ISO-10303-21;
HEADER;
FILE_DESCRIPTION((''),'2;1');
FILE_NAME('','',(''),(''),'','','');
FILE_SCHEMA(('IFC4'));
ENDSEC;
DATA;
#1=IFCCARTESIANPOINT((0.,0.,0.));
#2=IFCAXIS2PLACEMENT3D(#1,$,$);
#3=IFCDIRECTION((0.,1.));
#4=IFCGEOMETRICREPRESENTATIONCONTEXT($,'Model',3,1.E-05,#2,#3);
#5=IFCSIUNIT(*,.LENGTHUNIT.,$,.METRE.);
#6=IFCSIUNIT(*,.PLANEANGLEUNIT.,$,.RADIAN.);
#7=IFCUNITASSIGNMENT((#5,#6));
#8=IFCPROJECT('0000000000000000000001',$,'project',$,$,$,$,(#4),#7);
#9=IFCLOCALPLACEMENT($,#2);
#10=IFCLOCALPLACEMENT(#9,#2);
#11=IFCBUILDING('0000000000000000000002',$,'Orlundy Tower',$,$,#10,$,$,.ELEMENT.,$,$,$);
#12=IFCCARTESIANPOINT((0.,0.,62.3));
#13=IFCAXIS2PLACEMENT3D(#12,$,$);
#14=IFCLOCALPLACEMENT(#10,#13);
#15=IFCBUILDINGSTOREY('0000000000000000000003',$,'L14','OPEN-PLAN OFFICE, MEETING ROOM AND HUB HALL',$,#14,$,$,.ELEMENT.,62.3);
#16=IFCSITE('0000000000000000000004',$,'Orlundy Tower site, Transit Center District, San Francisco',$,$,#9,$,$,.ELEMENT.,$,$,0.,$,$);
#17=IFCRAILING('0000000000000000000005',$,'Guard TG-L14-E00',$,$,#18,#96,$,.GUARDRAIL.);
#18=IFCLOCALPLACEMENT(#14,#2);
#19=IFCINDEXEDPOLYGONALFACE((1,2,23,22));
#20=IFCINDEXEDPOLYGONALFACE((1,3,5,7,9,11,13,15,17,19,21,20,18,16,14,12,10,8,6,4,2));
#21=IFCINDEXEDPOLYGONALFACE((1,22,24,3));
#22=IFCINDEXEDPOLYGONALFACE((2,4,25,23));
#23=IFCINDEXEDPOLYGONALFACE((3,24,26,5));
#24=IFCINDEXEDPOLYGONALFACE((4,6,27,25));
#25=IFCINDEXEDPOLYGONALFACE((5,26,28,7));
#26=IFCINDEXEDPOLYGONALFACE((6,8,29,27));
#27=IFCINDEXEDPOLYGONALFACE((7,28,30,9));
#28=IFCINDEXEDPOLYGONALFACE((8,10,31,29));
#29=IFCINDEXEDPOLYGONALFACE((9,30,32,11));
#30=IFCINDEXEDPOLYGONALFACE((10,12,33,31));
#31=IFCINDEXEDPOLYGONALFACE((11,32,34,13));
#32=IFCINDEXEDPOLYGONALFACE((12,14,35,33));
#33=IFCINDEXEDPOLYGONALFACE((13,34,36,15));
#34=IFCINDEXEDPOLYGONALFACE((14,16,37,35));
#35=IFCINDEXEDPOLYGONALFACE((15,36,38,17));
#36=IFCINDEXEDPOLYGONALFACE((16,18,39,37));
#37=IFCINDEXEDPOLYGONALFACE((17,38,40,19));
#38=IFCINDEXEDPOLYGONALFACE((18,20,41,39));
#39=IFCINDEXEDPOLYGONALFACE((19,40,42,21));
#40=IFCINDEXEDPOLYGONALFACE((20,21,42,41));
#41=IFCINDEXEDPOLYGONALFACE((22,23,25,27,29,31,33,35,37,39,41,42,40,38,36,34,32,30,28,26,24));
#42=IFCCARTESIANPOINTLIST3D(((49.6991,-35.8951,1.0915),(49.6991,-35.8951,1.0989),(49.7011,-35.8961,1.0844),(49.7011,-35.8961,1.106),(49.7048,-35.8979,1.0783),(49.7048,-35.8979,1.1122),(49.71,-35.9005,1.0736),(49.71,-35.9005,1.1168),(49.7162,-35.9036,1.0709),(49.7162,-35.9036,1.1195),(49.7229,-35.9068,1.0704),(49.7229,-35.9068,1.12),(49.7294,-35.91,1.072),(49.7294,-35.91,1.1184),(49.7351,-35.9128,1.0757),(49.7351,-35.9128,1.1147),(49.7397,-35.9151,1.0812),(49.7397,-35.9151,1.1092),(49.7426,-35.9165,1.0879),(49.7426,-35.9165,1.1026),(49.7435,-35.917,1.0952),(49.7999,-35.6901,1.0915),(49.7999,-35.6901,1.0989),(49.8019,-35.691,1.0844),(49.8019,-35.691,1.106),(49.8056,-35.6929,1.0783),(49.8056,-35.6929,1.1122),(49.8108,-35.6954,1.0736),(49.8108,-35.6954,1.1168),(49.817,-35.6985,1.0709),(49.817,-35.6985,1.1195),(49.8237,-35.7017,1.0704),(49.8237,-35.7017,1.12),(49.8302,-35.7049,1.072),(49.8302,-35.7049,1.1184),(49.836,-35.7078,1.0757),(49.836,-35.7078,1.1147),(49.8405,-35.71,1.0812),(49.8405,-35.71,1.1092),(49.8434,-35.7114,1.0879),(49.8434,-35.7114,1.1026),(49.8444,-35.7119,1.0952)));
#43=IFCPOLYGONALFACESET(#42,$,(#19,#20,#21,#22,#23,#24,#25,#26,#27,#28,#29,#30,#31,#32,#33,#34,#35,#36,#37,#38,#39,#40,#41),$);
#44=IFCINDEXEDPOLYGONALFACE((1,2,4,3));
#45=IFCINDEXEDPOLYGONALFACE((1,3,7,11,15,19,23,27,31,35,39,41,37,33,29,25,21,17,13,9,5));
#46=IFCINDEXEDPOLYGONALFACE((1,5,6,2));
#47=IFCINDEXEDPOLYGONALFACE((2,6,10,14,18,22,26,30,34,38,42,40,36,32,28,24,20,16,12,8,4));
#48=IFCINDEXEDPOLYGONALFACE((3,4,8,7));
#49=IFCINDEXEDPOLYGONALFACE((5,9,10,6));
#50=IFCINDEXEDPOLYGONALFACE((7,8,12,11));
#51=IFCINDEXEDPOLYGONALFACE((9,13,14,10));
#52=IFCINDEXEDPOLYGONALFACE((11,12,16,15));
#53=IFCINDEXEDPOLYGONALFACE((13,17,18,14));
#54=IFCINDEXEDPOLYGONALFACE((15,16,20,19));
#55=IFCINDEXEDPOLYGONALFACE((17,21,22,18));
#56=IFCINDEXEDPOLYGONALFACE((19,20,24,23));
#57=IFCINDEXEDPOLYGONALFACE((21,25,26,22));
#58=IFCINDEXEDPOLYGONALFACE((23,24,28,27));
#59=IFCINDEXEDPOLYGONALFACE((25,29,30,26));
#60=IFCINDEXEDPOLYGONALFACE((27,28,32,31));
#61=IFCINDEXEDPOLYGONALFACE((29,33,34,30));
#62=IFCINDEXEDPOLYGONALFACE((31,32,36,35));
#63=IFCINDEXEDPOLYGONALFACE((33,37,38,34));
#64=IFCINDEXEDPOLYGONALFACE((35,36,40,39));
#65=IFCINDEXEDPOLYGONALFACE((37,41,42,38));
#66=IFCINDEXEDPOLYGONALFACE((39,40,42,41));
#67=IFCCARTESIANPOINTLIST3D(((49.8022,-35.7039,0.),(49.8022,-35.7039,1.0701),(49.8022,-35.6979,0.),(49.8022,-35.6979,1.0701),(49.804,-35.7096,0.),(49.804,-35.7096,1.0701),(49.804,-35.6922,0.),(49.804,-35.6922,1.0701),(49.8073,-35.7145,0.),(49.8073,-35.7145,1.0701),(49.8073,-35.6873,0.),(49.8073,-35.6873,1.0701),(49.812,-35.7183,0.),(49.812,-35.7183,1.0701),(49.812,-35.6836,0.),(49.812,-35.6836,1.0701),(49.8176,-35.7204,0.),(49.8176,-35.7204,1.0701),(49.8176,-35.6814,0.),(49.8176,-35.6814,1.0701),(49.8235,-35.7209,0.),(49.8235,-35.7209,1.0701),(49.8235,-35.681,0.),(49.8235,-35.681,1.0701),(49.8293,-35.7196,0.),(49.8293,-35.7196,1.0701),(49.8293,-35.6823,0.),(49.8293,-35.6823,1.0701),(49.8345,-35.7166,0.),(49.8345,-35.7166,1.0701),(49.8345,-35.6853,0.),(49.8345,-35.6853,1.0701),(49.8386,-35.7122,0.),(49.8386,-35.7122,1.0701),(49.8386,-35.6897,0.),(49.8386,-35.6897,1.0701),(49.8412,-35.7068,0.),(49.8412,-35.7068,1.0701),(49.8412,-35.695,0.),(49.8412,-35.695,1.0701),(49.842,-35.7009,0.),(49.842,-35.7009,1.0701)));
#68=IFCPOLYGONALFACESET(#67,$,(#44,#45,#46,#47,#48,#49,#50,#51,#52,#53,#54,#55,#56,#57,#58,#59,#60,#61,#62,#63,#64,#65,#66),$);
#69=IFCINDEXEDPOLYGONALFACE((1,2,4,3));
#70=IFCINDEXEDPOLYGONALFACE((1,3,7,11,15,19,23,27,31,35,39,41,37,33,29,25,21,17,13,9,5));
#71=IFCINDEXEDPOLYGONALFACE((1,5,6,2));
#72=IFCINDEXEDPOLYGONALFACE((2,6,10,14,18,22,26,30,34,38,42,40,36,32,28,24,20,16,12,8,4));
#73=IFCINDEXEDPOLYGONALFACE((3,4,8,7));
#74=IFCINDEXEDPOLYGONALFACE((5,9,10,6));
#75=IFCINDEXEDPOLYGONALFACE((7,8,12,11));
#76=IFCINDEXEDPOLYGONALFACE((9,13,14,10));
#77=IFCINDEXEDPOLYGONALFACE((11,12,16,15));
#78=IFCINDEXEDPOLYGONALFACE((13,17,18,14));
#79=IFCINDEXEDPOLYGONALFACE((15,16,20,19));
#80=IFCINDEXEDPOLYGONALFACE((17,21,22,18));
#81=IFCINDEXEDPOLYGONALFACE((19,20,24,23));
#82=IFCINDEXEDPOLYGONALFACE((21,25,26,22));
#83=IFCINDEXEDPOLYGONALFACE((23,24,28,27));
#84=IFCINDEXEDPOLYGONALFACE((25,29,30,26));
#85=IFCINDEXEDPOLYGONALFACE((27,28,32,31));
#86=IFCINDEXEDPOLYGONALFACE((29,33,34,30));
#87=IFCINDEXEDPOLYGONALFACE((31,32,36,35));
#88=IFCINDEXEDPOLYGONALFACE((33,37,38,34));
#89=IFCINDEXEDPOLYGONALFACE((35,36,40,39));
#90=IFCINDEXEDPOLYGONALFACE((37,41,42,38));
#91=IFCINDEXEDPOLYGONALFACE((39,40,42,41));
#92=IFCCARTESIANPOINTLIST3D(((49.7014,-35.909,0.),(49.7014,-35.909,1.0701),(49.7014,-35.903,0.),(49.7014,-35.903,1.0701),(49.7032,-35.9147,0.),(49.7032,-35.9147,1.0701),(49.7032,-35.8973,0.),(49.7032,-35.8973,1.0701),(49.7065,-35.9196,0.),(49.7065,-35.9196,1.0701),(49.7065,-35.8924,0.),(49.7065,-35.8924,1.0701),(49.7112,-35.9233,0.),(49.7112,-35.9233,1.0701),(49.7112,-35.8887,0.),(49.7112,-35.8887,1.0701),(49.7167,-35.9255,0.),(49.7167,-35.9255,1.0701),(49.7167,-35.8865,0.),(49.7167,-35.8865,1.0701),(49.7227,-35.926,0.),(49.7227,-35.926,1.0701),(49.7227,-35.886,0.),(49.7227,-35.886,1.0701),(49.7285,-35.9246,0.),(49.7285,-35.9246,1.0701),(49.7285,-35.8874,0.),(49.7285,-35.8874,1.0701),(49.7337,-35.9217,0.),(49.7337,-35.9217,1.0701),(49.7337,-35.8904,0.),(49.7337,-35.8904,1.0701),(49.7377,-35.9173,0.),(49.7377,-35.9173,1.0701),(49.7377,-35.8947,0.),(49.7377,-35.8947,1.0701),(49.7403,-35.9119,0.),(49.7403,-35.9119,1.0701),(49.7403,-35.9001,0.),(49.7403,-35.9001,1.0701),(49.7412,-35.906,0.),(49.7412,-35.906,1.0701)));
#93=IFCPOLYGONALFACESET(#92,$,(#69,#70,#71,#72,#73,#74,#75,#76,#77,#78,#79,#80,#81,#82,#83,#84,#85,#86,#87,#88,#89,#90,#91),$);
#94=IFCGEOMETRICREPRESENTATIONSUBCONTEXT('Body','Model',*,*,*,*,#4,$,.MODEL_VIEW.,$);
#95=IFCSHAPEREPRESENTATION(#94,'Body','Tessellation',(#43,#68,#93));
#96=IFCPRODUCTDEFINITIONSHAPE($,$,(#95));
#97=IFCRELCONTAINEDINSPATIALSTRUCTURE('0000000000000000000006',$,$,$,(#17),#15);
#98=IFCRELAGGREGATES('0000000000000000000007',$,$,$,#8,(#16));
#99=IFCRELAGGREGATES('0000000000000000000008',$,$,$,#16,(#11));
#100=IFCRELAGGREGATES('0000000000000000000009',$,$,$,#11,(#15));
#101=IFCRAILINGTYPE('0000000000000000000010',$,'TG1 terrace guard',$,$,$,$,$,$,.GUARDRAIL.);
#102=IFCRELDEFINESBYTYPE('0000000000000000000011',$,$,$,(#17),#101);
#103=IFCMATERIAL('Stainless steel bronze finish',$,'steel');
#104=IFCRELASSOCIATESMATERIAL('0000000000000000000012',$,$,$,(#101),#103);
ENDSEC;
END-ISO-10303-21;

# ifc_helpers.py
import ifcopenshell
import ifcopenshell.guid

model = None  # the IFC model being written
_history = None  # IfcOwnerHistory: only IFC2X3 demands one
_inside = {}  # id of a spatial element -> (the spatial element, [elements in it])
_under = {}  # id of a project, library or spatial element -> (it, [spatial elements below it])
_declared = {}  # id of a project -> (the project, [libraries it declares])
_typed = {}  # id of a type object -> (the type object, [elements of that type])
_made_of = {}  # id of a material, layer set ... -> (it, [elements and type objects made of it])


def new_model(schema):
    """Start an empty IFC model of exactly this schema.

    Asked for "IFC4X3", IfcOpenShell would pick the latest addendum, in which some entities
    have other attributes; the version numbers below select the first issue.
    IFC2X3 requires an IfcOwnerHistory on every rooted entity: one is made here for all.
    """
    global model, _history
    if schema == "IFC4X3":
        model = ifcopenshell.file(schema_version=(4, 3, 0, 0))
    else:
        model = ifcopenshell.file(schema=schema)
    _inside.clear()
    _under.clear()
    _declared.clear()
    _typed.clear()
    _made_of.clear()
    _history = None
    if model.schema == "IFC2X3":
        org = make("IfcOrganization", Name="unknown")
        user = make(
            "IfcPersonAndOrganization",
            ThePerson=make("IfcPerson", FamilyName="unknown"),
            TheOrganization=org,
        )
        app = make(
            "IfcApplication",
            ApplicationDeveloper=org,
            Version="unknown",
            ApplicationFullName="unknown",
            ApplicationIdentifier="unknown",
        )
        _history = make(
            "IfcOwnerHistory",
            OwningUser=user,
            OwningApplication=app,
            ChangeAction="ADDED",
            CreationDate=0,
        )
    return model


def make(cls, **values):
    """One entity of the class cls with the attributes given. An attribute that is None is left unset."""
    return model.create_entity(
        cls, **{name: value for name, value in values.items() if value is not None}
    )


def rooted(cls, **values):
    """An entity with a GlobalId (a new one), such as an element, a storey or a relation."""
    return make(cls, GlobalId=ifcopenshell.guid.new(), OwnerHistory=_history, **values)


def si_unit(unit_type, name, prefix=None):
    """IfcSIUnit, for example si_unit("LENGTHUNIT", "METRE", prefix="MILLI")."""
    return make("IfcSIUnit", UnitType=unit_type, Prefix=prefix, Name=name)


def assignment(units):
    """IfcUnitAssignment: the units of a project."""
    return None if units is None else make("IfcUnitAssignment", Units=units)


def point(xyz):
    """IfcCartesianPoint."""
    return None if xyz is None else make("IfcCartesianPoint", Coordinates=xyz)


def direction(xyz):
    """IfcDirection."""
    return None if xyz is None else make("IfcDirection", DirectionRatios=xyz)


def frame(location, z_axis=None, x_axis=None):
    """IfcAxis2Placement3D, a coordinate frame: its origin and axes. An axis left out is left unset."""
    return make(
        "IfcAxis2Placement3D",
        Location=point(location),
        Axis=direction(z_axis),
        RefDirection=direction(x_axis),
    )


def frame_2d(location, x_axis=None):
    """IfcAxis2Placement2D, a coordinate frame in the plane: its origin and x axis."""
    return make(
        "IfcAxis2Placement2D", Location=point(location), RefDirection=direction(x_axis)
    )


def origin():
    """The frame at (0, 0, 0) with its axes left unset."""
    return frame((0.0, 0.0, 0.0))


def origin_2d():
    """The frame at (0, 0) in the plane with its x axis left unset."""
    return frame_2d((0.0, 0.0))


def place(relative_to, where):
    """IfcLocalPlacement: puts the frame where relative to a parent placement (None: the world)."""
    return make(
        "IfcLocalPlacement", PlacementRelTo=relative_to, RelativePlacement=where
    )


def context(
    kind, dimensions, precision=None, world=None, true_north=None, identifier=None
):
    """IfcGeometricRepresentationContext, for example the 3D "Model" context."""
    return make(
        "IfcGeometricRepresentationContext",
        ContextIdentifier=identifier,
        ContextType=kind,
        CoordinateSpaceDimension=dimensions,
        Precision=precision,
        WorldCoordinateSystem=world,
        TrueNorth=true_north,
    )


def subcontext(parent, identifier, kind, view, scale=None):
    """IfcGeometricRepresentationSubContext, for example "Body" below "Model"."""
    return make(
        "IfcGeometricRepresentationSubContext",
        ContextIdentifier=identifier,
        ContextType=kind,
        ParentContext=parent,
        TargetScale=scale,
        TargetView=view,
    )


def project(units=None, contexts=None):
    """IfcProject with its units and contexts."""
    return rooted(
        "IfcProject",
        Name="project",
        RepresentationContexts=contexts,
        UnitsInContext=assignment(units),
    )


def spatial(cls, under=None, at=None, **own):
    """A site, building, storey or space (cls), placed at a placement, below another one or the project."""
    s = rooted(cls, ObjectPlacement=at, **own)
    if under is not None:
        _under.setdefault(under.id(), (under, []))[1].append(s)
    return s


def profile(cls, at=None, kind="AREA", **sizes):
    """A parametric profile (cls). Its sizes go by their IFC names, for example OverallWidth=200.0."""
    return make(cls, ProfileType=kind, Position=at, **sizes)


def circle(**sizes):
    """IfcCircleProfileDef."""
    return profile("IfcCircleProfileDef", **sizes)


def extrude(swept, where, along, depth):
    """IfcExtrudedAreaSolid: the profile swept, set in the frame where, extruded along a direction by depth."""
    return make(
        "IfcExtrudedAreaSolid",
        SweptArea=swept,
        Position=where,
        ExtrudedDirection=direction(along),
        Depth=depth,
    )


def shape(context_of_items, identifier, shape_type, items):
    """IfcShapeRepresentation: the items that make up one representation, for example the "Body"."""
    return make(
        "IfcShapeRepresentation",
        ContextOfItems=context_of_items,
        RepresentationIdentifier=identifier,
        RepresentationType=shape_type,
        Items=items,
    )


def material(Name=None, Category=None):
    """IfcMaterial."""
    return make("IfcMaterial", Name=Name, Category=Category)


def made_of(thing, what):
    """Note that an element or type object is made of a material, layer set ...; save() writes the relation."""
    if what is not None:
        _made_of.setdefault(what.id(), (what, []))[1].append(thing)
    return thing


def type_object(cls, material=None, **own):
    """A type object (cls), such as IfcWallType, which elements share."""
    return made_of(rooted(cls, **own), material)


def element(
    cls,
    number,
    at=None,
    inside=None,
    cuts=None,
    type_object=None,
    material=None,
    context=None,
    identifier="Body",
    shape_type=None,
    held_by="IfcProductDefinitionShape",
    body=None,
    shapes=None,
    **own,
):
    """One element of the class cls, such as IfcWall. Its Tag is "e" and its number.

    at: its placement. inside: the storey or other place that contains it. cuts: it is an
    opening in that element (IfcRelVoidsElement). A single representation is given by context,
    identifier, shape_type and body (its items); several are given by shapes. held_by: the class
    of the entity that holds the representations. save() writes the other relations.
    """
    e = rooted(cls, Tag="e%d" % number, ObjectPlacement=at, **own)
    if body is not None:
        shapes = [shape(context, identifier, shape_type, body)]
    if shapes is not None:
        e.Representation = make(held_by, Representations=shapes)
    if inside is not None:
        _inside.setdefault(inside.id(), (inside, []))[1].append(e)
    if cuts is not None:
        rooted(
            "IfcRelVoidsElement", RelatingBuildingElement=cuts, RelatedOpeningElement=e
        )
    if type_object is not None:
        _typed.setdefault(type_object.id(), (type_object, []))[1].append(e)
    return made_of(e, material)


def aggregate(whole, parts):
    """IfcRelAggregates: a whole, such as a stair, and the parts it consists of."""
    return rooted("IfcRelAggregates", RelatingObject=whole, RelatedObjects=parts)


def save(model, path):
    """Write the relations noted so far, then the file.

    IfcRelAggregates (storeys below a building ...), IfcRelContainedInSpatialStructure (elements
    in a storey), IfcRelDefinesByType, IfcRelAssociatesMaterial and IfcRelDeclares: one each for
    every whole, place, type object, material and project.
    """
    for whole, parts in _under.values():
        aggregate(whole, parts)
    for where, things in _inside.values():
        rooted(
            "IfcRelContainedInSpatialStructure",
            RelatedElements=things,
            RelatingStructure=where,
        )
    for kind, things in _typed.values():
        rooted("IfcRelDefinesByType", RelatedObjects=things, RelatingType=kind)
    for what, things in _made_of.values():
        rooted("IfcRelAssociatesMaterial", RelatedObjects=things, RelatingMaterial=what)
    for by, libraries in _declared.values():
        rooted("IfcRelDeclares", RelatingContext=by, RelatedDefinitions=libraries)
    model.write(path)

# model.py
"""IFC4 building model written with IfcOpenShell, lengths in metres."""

from ifc_helpers import new_model, si_unit, direction, frame, origin, origin_2d, place, context, subcontext, project, spatial, circle, extrude, material, type_object, element, save


model = new_model("IFC4")

# Units and contexts
model_context = context("Model", 3, precision=1e-05, world=origin(), true_north=direction((0.0, 1.0)))
body_context = subcontext(model_context, "Body", "Model", "MODEL_VIEW")
ifc_project = project(units=[si_unit("LENGTHUNIT", "METRE"), si_unit("PLANEANGLEUNIT", "RADIAN")], contexts=[model_context])

# Site, building, storey
site_placement = place(None, origin())
site = spatial("IfcSite", under=ifc_project, at=site_placement, Name="Orlundy Tower site, Transit Center District, San Francisco", CompositionType="ELEMENT", RefElevation=0.0)
building_placement = place(site_placement, origin())
building = spatial("IfcBuilding", under=site, at=building_placement, Name="Orlundy Tower", CompositionType="ELEMENT")
storey_placement = place(building_placement, frame((0.0, 0.0, 62.3)))
storey = spatial("IfcBuildingStorey", under=building, at=storey_placement, Name="L14", Description="OPEN-PLAN OFFICE, MEETING ROOM AND HUB HALL", CompositionType="ELEMENT", Elevation=62.3)

# Railing
ifc_material_1 = material(Name="Stainless steel bronze finish", Category="steel")
railing_type = type_object("IfcRailingType", Name="TG1 terrace guard", PredefinedType="GUARDRAIL", material=ifc_material_1)
railing_placement = place(storey_placement, frame((49.822, -35.7009, 0.0)))
element("IfcRailing", 1, at=railing_placement, inside=storey, type_object=railing_type, Name="Guard TG-L14-E00", PredefinedType="GUARDRAIL", context=body_context, shape_type="SweptSolid", body=[
    extrude(circle(Radius=0.0249, at=origin_2d()), frame((0.0, 0.0, 1.0952), z_axis=(-0.441221, -0.897399, 0.0), x_axis=(0.897399, -0.441221, 0.0)), (0.0, 0.0, 1.0), 0.2285),
    extrude(circle(Radius=0.02, at=origin_2d()), origin(), (0.0, 0.0, 1.0), 1.0701),
    extrude(circle(Radius=0.02, at=origin_2d()), frame((-0.1008, -0.2051, 0.0)), (0.0, 0.0, 1.0), 1.0701),
])

save(model, "model.ifc")
